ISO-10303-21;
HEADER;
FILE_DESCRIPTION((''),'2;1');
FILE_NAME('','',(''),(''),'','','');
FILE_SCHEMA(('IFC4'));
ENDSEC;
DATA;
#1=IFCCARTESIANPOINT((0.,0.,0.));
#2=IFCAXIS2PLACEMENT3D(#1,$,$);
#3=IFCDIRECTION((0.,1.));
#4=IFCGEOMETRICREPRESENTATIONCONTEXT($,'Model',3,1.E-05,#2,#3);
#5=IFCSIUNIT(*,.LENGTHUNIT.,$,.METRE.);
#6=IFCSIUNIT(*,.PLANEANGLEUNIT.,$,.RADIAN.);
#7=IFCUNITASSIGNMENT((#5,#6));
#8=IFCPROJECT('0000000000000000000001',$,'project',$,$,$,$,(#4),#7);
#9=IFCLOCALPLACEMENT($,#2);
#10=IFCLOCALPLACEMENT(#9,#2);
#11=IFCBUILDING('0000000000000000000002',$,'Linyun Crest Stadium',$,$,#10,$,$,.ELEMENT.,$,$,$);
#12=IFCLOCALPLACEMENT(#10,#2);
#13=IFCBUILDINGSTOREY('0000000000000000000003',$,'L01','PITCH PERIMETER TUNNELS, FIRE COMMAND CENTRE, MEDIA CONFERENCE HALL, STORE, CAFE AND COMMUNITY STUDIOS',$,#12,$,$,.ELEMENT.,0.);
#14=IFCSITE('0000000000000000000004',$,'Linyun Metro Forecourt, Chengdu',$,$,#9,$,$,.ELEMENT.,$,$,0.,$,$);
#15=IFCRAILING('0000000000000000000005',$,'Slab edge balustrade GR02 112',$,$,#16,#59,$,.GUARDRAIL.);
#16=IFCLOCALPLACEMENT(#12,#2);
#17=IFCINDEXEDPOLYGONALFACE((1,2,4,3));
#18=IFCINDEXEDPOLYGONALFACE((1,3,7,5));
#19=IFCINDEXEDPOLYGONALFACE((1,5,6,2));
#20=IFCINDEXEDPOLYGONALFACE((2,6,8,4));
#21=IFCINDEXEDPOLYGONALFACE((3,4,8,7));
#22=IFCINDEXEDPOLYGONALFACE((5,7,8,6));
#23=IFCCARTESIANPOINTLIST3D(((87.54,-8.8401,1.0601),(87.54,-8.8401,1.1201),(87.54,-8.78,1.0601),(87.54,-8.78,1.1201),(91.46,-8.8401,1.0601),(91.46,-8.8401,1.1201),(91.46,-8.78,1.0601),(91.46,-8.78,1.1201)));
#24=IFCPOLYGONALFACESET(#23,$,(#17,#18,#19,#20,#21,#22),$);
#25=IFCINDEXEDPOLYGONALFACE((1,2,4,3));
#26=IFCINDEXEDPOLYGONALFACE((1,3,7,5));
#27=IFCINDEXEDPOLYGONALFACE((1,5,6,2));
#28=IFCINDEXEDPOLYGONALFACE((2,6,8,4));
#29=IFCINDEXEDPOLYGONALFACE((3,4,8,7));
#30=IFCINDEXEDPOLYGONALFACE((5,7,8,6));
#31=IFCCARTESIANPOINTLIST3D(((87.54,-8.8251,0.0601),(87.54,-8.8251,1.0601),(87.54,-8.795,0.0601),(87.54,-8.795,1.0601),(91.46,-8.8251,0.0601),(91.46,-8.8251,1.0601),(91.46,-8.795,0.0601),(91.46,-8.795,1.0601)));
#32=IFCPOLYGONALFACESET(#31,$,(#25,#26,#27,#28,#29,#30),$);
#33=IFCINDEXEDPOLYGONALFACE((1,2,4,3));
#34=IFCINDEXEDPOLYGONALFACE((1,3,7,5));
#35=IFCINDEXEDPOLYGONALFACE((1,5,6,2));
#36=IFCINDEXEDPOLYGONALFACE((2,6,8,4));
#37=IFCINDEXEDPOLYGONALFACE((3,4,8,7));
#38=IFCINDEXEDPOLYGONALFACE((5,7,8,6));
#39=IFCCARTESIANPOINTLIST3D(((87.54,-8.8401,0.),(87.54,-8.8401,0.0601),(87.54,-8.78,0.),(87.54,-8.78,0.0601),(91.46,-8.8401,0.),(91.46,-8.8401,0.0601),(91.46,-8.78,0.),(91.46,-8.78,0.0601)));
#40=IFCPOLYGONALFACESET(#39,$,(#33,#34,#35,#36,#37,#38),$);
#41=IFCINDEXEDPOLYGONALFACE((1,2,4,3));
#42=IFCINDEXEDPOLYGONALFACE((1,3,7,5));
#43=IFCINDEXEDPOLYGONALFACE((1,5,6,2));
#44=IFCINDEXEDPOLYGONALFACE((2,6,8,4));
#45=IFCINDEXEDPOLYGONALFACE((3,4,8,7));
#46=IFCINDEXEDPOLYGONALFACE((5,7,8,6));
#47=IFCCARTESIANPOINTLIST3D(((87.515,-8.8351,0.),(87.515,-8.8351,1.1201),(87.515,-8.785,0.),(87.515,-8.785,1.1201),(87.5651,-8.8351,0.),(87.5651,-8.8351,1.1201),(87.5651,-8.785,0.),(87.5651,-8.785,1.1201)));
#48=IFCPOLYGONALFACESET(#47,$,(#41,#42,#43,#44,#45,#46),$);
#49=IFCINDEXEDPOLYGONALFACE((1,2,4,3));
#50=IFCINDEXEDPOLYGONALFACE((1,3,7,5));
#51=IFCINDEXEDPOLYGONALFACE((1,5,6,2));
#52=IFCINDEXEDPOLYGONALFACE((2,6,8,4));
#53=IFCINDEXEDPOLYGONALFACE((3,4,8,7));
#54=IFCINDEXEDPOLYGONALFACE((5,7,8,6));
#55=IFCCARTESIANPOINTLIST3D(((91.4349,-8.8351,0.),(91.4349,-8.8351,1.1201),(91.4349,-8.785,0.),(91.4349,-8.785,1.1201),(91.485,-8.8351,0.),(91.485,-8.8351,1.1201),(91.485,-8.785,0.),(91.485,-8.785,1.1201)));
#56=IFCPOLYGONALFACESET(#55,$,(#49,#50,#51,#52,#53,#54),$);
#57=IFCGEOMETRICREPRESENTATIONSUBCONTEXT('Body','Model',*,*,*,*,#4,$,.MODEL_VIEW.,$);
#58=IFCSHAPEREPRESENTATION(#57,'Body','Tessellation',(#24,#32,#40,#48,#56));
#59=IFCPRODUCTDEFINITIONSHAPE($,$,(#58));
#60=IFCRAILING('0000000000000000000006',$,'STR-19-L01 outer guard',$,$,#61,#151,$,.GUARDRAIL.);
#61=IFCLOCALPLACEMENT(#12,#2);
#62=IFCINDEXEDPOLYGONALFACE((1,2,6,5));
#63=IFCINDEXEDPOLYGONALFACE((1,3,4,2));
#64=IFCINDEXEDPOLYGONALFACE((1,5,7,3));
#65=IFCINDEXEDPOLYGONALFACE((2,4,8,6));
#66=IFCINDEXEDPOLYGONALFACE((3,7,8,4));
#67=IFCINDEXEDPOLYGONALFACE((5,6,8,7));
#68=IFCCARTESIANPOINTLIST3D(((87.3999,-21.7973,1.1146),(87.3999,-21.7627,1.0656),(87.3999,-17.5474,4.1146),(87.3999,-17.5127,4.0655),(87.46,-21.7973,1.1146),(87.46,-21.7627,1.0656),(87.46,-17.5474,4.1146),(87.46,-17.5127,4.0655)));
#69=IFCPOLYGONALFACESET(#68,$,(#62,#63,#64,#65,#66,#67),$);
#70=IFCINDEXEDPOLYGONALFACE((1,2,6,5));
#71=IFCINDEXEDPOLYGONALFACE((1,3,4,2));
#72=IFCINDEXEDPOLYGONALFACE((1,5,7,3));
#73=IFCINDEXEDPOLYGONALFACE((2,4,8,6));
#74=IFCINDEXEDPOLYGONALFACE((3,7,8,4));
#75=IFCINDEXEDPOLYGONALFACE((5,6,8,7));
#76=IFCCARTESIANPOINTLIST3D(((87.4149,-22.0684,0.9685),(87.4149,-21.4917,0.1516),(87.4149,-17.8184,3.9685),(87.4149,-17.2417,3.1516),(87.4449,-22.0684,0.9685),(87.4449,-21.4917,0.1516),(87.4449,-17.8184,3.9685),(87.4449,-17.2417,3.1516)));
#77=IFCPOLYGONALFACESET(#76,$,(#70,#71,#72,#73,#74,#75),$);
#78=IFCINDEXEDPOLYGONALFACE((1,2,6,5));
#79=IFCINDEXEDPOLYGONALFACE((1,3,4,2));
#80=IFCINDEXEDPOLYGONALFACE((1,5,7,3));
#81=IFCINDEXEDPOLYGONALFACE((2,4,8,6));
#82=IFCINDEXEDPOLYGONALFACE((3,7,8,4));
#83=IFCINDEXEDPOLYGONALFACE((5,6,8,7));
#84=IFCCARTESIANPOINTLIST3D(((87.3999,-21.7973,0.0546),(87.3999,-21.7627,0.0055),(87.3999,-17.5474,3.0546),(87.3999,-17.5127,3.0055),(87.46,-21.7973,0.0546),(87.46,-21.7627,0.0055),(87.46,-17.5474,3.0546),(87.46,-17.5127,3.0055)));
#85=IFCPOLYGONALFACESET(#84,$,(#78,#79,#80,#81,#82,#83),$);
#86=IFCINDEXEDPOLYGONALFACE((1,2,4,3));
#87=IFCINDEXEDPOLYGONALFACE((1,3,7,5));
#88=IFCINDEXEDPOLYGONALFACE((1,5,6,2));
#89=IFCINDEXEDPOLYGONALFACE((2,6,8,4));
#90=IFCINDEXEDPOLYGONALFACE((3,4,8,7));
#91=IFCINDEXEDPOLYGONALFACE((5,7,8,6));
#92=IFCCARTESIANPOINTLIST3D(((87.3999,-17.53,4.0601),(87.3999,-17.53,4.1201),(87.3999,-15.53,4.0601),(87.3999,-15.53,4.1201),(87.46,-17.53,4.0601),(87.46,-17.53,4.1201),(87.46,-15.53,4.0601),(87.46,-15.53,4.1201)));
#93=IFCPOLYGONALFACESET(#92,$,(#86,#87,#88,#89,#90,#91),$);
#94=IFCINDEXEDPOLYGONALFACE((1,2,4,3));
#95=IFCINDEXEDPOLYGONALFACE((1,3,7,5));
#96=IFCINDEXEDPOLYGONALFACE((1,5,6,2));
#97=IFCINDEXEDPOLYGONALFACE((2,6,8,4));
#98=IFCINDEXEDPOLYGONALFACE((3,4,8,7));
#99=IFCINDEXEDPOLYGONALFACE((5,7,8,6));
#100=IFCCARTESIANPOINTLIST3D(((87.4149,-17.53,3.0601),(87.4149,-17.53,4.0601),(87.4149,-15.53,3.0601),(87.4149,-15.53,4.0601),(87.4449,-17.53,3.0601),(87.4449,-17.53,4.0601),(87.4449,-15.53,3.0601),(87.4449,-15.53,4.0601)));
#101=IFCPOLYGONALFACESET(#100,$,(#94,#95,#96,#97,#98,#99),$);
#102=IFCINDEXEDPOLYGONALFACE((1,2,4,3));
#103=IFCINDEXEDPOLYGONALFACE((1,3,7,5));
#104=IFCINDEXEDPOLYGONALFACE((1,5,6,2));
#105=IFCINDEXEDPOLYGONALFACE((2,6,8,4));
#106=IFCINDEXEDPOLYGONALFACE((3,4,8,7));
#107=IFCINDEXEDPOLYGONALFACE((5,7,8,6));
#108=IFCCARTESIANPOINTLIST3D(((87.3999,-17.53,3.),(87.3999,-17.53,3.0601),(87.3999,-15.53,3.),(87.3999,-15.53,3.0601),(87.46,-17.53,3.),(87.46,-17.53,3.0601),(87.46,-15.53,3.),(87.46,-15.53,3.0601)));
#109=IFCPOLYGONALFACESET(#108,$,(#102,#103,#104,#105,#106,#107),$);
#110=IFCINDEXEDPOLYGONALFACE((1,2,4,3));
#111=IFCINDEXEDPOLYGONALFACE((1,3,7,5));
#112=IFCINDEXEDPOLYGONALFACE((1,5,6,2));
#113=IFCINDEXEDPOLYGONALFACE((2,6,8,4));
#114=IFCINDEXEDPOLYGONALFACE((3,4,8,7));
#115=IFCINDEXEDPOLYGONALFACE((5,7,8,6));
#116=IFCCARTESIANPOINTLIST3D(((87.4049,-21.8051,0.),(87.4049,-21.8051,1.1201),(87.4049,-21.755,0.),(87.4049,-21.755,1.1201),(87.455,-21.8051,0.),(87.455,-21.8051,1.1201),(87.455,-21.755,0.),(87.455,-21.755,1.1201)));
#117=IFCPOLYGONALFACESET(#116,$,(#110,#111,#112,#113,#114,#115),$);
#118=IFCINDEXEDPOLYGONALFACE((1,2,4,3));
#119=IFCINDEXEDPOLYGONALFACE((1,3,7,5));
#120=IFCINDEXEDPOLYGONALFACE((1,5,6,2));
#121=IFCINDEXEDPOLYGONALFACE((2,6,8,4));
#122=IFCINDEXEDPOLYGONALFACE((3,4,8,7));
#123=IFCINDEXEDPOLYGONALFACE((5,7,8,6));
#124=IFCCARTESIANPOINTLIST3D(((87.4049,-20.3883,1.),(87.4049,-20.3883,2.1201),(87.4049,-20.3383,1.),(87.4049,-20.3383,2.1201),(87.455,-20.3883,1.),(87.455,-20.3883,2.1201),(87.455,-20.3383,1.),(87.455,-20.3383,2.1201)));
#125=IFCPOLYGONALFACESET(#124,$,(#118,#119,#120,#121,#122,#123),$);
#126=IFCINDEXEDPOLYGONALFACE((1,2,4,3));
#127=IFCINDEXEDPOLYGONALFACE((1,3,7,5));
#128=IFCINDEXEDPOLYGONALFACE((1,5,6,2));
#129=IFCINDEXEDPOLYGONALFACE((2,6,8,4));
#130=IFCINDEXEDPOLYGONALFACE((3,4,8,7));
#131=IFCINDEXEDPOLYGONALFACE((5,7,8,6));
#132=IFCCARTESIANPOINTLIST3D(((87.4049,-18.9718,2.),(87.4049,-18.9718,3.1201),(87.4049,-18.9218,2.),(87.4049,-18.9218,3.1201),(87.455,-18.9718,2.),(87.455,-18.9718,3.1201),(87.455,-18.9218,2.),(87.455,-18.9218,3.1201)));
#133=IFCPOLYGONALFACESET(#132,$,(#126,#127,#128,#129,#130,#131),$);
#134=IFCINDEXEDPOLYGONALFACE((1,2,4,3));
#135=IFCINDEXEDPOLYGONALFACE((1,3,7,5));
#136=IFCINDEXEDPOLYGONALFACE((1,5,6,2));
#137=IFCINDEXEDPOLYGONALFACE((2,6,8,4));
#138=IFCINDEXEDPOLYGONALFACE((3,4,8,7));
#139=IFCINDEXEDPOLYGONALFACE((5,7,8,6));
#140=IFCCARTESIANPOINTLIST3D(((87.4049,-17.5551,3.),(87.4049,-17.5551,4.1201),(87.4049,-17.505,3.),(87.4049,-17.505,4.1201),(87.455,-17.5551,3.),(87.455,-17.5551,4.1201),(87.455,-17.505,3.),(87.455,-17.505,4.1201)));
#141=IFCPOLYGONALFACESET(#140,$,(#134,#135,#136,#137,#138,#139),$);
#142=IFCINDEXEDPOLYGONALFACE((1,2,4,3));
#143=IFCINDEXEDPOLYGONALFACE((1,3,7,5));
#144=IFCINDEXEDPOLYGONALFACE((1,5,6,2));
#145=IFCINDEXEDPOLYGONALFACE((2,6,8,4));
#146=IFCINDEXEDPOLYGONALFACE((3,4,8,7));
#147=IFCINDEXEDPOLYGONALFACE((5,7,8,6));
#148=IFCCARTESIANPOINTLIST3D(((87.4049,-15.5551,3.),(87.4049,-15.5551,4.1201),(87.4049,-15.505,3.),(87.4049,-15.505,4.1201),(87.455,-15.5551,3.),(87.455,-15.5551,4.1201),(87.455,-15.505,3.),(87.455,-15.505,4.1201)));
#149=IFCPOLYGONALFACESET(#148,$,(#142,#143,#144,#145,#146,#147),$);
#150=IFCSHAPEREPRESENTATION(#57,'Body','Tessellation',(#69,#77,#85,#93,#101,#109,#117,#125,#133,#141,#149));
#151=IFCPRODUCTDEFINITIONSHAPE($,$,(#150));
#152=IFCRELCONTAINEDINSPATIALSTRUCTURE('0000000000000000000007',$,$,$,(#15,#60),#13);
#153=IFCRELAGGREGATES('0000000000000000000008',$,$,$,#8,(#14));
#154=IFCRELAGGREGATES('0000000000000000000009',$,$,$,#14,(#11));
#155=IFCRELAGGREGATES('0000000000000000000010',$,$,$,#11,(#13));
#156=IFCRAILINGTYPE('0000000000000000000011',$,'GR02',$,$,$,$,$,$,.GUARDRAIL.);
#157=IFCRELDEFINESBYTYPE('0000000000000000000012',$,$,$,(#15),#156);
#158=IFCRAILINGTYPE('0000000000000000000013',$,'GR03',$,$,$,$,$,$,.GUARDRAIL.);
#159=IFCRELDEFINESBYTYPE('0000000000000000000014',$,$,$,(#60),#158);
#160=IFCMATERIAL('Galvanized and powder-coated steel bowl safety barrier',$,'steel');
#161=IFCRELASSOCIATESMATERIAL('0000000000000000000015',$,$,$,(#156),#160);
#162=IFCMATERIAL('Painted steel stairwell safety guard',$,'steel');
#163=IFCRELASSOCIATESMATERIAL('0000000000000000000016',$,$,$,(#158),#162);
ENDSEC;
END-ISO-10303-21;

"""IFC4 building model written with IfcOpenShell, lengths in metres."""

from ifc_helpers import new_model, si_unit, direction, frame, origin, origin_2d, place, context, subcontext, project, spatial, rectangle, extrude, material, type_object, element, save


model = new_model("IFC4")

# Units and contexts
model_context = context("Model", 3, precision=1e-05, world=origin(), true_north=direction((0.0, 1.0)))
body_context = subcontext(model_context, "Body", "Model", "MODEL_VIEW")
ifc_project = project(units=[si_unit("LENGTHUNIT", "METRE"), si_unit("PLANEANGLEUNIT", "RADIAN")], contexts=[model_context])

# Site, building, storey
site_placement = place(None, origin())
site = spatial("IfcSite", under=ifc_project, at=site_placement, Name="Linyun Metro Forecourt, Chengdu", CompositionType="ELEMENT", RefElevation=0.0)
building_placement = place(site_placement, origin())
building = spatial("IfcBuilding", under=site, at=building_placement, Name="Linyun Crest Stadium", CompositionType="ELEMENT")
storey_placement = place(building_placement, origin())
storey = spatial("IfcBuildingStorey", under=building, at=storey_placement, Name="L01", Description="PITCH PERIMETER TUNNELS, FIRE COMMAND CENTRE, MEDIA CONFERENCE HALL, STORE, CAFE AND COMMUNITY STUDIOS", CompositionType="ELEMENT", Elevation=0.0)

# Railings
ifc_material_1 = material(Name="Galvanized and powder-coated steel bowl safety barrier", Category="steel")
railing_type_1 = type_object("IfcRailingType", Name="GR02", PredefinedType="GUARDRAIL", material=ifc_material_1)
railing_1_placement = place(storey_placement, frame((87.54, -8.8101, 0.0)))
element("IfcRailing", 1, at=railing_1_placement, inside=storey, type_object=railing_type_1, Name="Slab edge balustrade GR02 112", PredefinedType="GUARDRAIL", context=body_context, shape_type="SweptSolid", body=[
    extrude(rectangle(XDim=0.0601, YDim=0.0601, at=origin_2d()), frame((0.0, 0.0, 1.0901), z_axis=(1.0, 0.0, 0.0), x_axis=(0.0, 1.0, 0.0)), (0.0, 0.0, 1.0), 3.9199),
    extrude(rectangle(XDim=0.03, YDim=1.0, at=origin_2d()), frame((0.0, 0.0, 0.5601), z_axis=(1.0, 0.0, 0.0), x_axis=(0.0, 1.0, 0.0)), (0.0, 0.0, 1.0), 3.9199),
    extrude(rectangle(XDim=0.0601, YDim=0.0601, at=origin_2d()), frame((0.0, 0.0, 0.03), z_axis=(1.0, 0.0, 0.0), x_axis=(0.0, 1.0, 0.0)), (0.0, 0.0, 1.0), 3.9199),
    extrude(rectangle(XDim=0.05, YDim=0.05, at=origin_2d()), origin(), (0.0, 0.0, 1.0), 1.1201),
    extrude(rectangle(XDim=0.05, YDim=0.05, at=origin_2d()), frame((3.9199, 0.0, 0.0)), (0.0, 0.0, 1.0), 1.1201),
])
ifc_material_2 = material(Name="Painted steel stairwell safety guard", Category="steel")
railing_type_2 = type_object("IfcRailingType", Name="GR03", PredefinedType="GUARDRAIL", material=ifc_material_2)
railing_2_placement = place(storey_placement, frame((87.4299, -21.78, 0.0)))
element("IfcRailing", 2, at=railing_2_placement, inside=storey, type_object=railing_type_2, Name="STR-19-L01 outer guard", PredefinedType="GUARDRAIL", context=body_context, shape_type="SweptSolid", body=[
    extrude(rectangle(XDim=0.0601, YDim=0.0601, at=origin_2d()), frame((0.0, 0.0, 1.0901), z_axis=(0.0, 0.816968, 0.576683), x_axis=(-1.0, 0.0, 0.0)), (0.0, 0.0, 1.0), 5.2021),
    extrude(rectangle(XDim=0.03, YDim=1.0, at=origin_2d()), frame((0.0, 0.0, 0.5601), z_axis=(0.0, 0.816968, 0.576683), x_axis=(-1.0, 0.0, 0.0)), (0.0, 0.0, 1.0), 5.2021),
    extrude(rectangle(XDim=0.0601, YDim=0.0601, at=origin_2d()), frame((0.0, 0.0, 0.03), z_axis=(0.0, 0.816968, 0.576683), x_axis=(-1.0, 0.0, 0.0)), (0.0, 0.0, 1.0), 5.2021),
    extrude(rectangle(XDim=0.0601, YDim=0.0601, at=origin_2d()), frame((0.0, 4.25, 4.0901), z_axis=(0.0, 1.0, 0.0), x_axis=(-1.0, 0.0, 0.0)), (0.0, 0.0, 1.0), 2.0),
    extrude(rectangle(XDim=0.03, YDim=1.0, at=origin_2d()), frame((0.0, 4.25, 3.5601), z_axis=(0.0, 1.0, 0.0), x_axis=(-1.0, 0.0, 0.0)), (0.0, 0.0, 1.0), 2.0),
    extrude(rectangle(XDim=0.0601, YDim=0.0601, at=origin_2d()), frame((0.0, 4.25, 3.03), z_axis=(0.0, 1.0, 0.0), x_axis=(-1.0, 0.0, 0.0)), (0.0, 0.0, 1.0), 2.0),
    extrude(rectangle(XDim=0.05, YDim=0.05, at=origin_2d()), origin(), (0.0, 0.0, 1.0), 1.1201),
    extrude(rectangle(XDim=0.05, YDim=0.05, at=origin_2d()), frame((0.0, 1.4167, 1.0)), (0.0, 0.0, 1.0), 1.1201),
    extrude(rectangle(XDim=0.05, YDim=0.05, at=origin_2d()), frame((0.0, 2.8333, 2.0)), (0.0, 0.0, 1.0), 1.1201),
    extrude(rectangle(XDim=0.05, YDim=0.05, at=origin_2d()), frame((0.0, 4.25, 3.0)), (0.0, 0.0, 1.0), 1.1201),
    extrude(rectangle(XDim=0.05, YDim=0.05, at=origin_2d()), frame((0.0, 6.25, 3.0)), (0.0, 0.0, 1.0), 1.1201),
])

save(model, "model.ifc")
